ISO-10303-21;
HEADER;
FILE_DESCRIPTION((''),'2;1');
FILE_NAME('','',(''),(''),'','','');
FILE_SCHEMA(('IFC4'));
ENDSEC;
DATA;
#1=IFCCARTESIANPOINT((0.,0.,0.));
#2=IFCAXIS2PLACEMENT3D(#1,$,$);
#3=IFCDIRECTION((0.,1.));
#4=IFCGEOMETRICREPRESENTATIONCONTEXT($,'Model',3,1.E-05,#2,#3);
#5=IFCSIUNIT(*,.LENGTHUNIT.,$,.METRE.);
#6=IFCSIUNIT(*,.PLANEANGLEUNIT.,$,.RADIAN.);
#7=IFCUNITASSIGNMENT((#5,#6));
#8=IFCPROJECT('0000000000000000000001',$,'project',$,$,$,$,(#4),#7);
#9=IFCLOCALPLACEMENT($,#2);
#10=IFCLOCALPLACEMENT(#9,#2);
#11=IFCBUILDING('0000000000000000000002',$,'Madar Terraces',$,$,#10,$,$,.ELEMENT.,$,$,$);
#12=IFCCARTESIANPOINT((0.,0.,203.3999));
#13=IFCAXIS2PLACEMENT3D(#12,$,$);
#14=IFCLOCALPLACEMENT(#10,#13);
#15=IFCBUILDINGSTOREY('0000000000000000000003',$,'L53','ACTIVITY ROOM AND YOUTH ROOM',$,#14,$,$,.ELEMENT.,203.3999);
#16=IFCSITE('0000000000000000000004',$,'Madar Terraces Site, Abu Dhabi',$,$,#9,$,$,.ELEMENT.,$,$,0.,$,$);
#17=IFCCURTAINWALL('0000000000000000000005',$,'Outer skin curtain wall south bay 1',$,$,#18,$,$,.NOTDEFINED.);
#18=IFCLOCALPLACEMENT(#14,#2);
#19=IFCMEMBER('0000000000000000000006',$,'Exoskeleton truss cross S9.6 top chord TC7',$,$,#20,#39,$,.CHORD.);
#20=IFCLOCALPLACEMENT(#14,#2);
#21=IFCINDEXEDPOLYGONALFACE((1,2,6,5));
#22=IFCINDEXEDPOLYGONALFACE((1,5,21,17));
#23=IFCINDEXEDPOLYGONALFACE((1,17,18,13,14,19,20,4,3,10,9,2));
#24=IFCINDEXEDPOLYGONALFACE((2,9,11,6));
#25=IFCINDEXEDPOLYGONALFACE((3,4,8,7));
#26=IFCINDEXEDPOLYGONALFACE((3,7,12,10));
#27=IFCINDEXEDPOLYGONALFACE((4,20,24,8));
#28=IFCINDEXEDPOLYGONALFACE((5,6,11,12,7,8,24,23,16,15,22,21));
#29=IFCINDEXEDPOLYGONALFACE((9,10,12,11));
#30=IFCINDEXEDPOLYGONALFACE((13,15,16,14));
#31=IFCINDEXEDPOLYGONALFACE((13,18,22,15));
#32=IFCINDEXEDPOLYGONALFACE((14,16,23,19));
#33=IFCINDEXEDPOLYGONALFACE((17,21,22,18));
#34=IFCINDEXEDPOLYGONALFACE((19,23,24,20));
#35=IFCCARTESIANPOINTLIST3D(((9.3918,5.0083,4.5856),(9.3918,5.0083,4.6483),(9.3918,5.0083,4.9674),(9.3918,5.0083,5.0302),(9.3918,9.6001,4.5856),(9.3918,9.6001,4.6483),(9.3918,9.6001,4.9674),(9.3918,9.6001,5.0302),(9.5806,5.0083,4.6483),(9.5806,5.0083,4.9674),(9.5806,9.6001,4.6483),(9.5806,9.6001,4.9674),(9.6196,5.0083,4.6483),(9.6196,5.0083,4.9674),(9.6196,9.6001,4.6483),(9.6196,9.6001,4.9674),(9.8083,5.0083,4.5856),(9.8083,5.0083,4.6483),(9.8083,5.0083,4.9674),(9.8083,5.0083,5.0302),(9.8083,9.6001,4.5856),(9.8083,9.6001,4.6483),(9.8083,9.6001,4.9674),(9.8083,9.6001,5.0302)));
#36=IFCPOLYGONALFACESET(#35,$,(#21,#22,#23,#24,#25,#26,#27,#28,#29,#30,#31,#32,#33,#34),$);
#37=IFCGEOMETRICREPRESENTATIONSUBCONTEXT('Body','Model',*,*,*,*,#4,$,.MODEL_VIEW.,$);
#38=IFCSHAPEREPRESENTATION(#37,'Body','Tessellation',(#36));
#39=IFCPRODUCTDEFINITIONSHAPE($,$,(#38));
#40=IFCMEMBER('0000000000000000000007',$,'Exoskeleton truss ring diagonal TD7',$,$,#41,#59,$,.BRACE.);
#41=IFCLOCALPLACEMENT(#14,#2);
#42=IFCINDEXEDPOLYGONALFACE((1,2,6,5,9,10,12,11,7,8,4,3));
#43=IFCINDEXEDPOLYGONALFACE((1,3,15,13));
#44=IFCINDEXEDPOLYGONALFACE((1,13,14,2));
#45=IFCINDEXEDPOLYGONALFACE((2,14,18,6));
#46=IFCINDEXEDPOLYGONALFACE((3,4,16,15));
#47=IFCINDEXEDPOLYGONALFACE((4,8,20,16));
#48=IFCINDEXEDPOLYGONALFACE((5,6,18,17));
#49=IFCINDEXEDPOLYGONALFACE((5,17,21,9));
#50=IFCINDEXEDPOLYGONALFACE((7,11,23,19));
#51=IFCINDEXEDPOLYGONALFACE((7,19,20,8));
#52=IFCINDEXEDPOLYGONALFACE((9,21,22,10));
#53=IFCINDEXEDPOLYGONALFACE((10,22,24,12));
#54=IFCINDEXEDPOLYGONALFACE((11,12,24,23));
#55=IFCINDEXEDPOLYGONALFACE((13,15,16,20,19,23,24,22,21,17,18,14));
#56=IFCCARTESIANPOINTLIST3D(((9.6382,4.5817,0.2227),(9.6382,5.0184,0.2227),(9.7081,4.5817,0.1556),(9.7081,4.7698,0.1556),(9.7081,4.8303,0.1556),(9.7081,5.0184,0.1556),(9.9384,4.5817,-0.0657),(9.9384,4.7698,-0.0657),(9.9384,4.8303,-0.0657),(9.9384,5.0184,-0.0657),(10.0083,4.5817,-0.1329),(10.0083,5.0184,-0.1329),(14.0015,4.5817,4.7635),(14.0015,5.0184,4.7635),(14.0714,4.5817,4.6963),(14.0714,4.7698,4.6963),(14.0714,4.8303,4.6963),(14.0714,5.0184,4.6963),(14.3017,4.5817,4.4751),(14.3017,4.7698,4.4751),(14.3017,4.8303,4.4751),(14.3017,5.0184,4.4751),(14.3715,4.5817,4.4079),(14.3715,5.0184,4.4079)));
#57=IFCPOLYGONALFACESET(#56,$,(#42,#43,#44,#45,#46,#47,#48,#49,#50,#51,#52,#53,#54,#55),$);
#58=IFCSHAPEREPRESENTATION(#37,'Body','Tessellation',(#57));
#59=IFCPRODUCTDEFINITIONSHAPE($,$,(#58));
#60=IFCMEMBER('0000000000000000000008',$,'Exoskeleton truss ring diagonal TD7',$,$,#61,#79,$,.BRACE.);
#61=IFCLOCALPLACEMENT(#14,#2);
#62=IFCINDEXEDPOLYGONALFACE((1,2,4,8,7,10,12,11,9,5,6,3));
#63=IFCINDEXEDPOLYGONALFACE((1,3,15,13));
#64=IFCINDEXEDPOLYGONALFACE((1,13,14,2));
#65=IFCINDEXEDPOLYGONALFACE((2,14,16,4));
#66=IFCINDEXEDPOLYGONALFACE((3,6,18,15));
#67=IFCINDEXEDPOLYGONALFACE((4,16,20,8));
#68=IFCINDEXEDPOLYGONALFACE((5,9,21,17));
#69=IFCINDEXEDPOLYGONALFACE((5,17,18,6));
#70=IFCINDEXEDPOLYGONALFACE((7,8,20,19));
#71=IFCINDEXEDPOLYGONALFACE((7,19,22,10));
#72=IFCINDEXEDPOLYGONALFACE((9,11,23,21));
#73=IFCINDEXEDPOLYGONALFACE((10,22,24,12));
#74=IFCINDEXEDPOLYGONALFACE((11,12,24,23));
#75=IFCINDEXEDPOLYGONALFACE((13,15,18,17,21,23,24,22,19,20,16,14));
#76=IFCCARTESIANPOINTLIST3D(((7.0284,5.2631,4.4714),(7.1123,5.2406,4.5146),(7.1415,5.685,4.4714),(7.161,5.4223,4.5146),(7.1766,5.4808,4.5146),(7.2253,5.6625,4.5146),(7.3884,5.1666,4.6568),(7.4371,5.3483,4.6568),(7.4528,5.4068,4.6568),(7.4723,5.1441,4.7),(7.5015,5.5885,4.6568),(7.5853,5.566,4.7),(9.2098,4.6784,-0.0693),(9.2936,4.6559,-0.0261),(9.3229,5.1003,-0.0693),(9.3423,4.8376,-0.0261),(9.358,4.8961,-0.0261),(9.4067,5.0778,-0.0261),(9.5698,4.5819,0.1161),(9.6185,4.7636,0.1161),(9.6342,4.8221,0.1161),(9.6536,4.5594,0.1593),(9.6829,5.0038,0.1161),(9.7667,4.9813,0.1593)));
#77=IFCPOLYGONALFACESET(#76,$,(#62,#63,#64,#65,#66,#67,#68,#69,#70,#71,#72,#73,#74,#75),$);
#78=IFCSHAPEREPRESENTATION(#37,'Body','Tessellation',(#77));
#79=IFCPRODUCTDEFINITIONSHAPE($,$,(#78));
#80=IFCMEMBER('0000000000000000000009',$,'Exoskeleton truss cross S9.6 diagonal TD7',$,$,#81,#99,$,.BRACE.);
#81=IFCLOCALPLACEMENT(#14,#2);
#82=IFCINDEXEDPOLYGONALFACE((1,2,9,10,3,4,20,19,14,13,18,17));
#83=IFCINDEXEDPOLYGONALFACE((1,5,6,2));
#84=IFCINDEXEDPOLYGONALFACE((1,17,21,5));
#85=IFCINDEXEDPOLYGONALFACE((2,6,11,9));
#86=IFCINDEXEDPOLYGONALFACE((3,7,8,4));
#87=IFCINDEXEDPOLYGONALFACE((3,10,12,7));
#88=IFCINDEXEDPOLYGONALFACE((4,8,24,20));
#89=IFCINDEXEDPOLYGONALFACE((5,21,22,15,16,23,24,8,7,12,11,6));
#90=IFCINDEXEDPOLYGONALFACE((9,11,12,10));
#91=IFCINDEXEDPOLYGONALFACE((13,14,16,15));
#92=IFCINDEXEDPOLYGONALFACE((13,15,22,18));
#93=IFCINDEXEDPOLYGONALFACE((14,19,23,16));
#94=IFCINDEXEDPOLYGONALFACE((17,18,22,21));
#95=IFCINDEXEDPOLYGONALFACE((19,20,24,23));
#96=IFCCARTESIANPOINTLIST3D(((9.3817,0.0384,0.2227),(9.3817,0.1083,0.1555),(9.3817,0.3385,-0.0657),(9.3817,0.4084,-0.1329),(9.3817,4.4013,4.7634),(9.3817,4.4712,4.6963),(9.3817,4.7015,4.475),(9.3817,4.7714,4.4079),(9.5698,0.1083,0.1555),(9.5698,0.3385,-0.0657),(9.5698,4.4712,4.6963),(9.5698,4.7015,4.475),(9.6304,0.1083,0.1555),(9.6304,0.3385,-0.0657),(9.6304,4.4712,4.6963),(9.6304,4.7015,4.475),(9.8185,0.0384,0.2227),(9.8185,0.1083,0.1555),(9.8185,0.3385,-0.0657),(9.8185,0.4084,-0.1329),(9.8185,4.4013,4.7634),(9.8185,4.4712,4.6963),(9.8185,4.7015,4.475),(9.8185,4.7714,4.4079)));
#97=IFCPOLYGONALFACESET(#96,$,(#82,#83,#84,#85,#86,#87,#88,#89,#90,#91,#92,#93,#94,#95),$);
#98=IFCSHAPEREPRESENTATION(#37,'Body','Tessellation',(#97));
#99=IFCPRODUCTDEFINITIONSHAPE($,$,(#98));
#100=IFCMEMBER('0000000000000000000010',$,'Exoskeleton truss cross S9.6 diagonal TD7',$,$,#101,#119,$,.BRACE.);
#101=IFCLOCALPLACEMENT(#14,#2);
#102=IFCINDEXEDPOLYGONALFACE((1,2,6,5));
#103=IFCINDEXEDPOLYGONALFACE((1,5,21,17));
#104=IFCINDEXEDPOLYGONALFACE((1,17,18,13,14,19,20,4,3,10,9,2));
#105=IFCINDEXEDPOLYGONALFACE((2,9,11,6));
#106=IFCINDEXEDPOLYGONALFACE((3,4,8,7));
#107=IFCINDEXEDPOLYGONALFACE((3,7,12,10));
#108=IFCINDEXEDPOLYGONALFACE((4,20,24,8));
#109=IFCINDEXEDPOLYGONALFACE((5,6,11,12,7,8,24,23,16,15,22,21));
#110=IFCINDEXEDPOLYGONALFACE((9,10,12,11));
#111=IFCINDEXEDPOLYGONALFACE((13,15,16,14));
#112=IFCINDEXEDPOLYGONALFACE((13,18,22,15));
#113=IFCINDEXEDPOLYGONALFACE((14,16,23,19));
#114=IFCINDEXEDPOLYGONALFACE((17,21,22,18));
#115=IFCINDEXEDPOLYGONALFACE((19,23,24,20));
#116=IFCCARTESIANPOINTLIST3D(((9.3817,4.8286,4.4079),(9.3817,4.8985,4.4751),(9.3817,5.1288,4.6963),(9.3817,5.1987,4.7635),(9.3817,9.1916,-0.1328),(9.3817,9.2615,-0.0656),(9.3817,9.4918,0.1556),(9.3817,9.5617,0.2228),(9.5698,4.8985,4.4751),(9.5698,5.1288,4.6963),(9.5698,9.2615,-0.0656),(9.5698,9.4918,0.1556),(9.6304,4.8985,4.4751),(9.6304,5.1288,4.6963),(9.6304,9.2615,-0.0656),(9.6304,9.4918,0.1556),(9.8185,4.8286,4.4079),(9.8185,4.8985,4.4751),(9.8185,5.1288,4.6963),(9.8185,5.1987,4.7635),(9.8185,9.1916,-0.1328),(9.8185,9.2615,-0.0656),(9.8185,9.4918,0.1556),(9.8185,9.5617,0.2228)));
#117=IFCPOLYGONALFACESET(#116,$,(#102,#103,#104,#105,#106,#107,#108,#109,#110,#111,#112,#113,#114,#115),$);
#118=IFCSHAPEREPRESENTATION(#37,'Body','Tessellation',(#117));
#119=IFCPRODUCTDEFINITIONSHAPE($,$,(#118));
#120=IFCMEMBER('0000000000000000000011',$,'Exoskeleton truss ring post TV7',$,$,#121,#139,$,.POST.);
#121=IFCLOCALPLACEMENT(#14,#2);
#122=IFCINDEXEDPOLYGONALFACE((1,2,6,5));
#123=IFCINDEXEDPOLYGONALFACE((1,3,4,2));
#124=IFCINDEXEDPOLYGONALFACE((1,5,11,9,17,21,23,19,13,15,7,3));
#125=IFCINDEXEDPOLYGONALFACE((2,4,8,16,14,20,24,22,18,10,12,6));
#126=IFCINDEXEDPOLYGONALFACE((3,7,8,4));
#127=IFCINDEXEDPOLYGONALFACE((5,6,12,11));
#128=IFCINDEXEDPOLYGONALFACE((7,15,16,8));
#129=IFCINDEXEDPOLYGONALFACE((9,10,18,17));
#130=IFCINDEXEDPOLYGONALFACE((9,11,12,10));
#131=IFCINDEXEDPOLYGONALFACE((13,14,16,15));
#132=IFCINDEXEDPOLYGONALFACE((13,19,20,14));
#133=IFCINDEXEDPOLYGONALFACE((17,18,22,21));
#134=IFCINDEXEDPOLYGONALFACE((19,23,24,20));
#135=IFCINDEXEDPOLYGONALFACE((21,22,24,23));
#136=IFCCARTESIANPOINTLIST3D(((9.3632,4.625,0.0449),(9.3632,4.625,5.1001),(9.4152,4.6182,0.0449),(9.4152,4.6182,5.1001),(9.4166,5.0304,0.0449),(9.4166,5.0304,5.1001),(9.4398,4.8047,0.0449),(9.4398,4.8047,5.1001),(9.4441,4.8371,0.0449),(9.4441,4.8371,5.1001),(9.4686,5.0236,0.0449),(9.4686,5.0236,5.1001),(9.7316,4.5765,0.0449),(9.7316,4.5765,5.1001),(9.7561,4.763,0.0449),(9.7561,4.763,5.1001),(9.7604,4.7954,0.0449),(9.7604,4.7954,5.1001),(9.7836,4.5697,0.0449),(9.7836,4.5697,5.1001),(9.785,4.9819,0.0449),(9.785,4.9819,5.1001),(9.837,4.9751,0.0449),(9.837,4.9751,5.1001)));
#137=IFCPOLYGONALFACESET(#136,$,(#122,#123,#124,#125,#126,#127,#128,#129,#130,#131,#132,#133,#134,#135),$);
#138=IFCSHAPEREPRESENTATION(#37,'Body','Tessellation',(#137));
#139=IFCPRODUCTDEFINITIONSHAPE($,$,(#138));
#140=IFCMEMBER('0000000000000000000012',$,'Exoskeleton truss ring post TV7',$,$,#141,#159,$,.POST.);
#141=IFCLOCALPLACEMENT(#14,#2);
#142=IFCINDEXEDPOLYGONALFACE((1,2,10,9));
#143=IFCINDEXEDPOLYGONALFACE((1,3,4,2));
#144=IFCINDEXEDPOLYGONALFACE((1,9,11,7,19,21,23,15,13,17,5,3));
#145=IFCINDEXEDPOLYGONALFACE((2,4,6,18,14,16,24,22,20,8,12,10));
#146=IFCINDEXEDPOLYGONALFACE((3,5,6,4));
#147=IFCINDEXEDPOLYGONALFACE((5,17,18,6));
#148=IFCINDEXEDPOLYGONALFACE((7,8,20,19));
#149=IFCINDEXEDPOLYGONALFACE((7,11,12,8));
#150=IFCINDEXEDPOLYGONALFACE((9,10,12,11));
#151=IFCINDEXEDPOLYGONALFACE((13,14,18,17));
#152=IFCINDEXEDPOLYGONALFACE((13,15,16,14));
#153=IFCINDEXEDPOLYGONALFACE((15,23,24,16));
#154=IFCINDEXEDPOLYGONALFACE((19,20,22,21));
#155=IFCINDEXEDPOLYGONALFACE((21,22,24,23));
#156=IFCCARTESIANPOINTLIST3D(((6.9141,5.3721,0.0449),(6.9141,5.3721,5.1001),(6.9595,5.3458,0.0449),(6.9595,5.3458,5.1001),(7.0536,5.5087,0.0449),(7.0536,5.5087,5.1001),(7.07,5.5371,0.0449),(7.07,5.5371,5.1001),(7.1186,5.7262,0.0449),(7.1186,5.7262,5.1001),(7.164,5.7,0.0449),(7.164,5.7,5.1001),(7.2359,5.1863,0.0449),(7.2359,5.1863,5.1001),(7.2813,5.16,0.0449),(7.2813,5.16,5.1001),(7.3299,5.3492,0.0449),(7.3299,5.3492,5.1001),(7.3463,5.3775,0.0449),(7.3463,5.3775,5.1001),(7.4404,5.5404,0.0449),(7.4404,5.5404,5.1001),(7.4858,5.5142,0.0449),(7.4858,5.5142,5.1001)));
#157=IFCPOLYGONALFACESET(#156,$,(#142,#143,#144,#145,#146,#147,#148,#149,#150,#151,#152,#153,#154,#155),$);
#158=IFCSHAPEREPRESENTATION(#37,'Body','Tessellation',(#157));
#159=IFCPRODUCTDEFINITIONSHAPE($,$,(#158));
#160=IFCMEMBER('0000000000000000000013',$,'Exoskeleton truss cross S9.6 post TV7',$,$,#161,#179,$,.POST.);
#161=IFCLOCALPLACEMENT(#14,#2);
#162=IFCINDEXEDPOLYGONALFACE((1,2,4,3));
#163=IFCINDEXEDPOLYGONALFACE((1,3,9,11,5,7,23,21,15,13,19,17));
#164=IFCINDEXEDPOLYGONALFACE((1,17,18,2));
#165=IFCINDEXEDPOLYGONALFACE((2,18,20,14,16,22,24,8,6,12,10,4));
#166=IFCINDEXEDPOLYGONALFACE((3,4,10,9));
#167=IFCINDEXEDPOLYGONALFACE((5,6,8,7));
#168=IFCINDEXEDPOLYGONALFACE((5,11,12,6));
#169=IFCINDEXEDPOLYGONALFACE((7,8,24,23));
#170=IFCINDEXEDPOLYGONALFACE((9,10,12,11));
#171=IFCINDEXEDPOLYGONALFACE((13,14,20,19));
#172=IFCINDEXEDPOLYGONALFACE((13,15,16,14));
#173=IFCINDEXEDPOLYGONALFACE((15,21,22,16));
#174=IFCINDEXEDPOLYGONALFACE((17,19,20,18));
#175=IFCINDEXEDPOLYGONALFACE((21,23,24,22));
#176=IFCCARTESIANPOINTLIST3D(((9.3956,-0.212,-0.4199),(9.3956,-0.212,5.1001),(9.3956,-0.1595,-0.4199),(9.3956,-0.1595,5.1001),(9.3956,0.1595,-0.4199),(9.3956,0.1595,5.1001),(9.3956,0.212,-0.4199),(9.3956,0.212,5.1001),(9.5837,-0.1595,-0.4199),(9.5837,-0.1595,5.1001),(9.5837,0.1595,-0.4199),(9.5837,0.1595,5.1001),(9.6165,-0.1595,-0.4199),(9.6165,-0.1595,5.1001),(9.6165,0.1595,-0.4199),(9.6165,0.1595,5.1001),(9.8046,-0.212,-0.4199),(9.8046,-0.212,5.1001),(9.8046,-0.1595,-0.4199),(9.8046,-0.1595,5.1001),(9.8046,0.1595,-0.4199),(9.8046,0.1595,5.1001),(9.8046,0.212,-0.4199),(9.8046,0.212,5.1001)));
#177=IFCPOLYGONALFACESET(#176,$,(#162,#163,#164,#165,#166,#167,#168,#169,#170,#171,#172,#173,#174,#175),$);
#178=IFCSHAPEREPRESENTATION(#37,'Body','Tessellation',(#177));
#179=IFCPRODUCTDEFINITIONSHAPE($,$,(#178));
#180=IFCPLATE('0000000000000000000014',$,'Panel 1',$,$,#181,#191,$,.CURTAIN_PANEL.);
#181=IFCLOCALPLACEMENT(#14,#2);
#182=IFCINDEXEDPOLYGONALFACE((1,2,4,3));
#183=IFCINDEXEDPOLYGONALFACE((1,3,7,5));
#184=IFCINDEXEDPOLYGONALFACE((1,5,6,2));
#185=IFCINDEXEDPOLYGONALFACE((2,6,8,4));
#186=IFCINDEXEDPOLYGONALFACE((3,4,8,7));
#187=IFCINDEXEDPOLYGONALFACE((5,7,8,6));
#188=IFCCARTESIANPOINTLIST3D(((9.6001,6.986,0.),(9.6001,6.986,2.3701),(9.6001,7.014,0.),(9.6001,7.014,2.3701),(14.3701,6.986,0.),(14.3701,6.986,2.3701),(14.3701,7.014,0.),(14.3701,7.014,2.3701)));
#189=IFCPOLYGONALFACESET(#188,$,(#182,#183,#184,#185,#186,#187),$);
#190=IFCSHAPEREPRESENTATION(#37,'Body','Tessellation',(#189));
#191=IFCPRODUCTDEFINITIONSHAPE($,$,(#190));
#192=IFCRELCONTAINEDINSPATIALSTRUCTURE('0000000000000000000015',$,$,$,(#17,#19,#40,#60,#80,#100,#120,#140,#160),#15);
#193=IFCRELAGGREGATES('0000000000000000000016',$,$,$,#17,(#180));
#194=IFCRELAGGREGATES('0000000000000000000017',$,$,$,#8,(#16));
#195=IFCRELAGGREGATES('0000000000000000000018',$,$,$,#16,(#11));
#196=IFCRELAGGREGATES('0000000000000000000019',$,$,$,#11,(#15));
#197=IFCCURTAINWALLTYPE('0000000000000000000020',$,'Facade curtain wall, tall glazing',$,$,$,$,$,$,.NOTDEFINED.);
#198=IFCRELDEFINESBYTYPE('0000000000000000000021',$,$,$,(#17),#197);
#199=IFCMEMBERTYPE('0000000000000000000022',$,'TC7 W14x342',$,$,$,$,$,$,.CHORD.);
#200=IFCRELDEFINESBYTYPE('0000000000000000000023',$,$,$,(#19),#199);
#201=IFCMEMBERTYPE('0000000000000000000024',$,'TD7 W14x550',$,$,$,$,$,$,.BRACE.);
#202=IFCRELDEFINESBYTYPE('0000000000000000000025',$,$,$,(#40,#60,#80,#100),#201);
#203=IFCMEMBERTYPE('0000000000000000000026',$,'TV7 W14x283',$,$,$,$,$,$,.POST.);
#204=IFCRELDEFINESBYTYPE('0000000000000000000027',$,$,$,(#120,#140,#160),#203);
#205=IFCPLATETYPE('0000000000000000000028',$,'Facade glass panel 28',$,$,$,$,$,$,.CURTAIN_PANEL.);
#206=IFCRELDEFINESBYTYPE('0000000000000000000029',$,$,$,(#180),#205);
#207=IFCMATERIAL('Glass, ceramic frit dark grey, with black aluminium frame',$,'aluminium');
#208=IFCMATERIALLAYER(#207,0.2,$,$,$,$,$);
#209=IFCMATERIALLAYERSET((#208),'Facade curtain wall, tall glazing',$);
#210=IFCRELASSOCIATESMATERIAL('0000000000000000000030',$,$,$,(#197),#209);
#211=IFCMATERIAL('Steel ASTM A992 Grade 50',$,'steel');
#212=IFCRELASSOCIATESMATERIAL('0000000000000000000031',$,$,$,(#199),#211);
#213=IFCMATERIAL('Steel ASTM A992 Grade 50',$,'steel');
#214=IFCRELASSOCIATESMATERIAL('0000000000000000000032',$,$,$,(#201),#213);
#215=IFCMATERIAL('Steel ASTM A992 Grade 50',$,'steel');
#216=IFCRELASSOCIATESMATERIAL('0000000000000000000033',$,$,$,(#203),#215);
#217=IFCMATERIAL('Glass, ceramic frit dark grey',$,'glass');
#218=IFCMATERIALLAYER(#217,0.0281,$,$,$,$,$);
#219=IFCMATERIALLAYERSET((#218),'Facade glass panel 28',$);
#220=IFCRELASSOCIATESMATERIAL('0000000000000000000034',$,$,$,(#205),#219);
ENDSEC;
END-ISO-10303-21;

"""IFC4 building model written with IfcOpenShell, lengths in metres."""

from ifc_helpers import new_model, si_unit, direction, frame, origin, origin_2d, place, context, subcontext, project, spatial, rectangle, i_section, extrude, material, layer, layer_set, material_profile, profile_set, type_object, element, aggregate, save


model = new_model("IFC4")

# Units and contexts
model_context = context("Model", 3, precision=1e-05, world=origin(), true_north=direction((0.0, 1.0)))
body_context = subcontext(model_context, "Body", "Model", "MODEL_VIEW")
ifc_project = project(units=[si_unit("LENGTHUNIT", "METRE"), si_unit("PLANEANGLEUNIT", "RADIAN")], contexts=[model_context])

# Site, building, storey
site_placement = place(None, origin())
site = spatial("IfcSite", under=ifc_project, at=site_placement, Name="Madar Terraces Site, Abu Dhabi", CompositionType="ELEMENT", RefElevation=0.0)
building_placement = place(site_placement, origin())
building = spatial("IfcBuilding", under=site, at=building_placement, Name="Madar Terraces", CompositionType="ELEMENT")
storey_placement = place(building_placement, frame((0.0, 0.0, 203.3999)))
storey = spatial("IfcBuildingStorey", under=building, at=storey_placement, Name="L53", Description="ACTIVITY ROOM AND YOUTH ROOM", CompositionType="ELEMENT", Elevation=203.3999)

# Curtain wall
ifc_material_1 = material(Name="Glass, ceramic frit dark grey, with black aluminium frame", Category="aluminium")
ifc_layer_1 = layer(ifc_material_1, 0.2)
ifc_layer_set_1 = layer_set([ifc_layer_1], Name="Facade curtain wall, tall glazing")
curtain_wall_type = type_object("IfcCurtainWallType", Name="Facade curtain wall, tall glazing", PredefinedType="NOTDEFINED", material=ifc_layer_set_1)
curtain_wall_1_placement = place(storey_placement, origin())
curtain_wall_1 = element("IfcCurtainWall", 1, at=curtain_wall_1_placement, inside=storey, type_object=curtain_wall_type, Name="Outer skin curtain wall south bay 1", PredefinedType="NOTDEFINED")

# Members
ifc_material_2 = material(Name="Steel ASTM A992 Grade 50", Category="steel")
ifc_material_profile_1 = material_profile(ifc_material_2, i_section(OverallWidth=0.4165, OverallDepth=0.4446, WebThickness=0.0391, FlangeThickness=0.0627, at=origin_2d()), Name="W14x342")
ifc_profile_set_1 = profile_set([ifc_material_profile_1], Name="Steel ASTM A992 Grade 50")
member_type_1 = type_object("IfcMemberType", Name="TC7 W14x342", PredefinedType="CHORD", material=ifc_profile_set_1)
for number, where, z_axis, x_axis, name in (
    (2, (9.6001, 5.0083, 4.8079), (0.0, 1.0, 0.0), (-1.0, 0.0, 0.0), "Exoskeleton truss cross S9.6 top chord TC7"),
):
    element("IfcMember", number, at=place(storey_placement, frame(where, z_axis=z_axis, x_axis=x_axis)), inside=storey, type_object=member_type_1, Name=name, PredefinedType="CHORD", context=body_context, shape_type="SweptSolid", body=[
        extrude(i_section(OverallWidth=0.4165, OverallDepth=0.4446, WebThickness=0.0391, FlangeThickness=0.0627, at=origin_2d()), origin(), (0.0, 0.0, 1.0), 4.5918),
    ])
ifc_material_3 = material(Name="Steel ASTM A992 Grade 50", Category="steel")
ifc_material_profile_2 = material_profile(ifc_material_3, i_section(OverallWidth=0.4368, OverallDepth=0.5132, WebThickness=0.0605, FlangeThickness=0.0969, at=origin_2d()), Name="W14x550")
ifc_profile_set_2 = profile_set([ifc_material_profile_2], Name="Steel ASTM A992 Grade 50")
member_type_2 = type_object("IfcMemberType", Name="TD7 W14x550", PredefinedType="BRACE", material=ifc_profile_set_2)
member_1_placement = place(storey_placement, frame((9.8232, 4.8, 0.0449), z_axis=(0.692874, 0.0, 0.721059), x_axis=(0.0, 1.0, 0.0)))
element("IfcMember", 3, at=member_1_placement, inside=storey, type_object=member_type_2, Name="Exoskeleton truss ring diagonal TD7", PredefinedType="BRACE", context=body_context, shape_type="SweptSolid", body=[
    extrude(i_section(OverallWidth=0.4368, OverallDepth=0.5132, WebThickness=0.0605, FlangeThickness=0.0969, at=origin_2d()), origin(), (0.0, 0.0, 1.0), 6.2974),
])
member_2_placement = place(storey_placement, frame((7.3069, 5.4146, 4.5857), z_axis=(0.430138, -0.115297, -0.89537), x_axis=(0.258907, 0.965902, 0.0)))
element("IfcMember", 4, at=member_2_placement, inside=storey, type_object=member_type_2, Name="Exoskeleton truss ring diagonal TD7", PredefinedType="BRACE", context=body_context, shape_type="SweptSolid", body=[
    extrude(i_section(OverallWidth=0.4368, OverallDepth=0.5132, WebThickness=0.0605, FlangeThickness=0.0969, at=origin_2d()), origin(), (0.0, 0.0, 1.0), 5.0713),
])
for number, where, z_axis, x_axis, name in (
    (5, (9.6001, 0.2234, 0.0449), (0.0, 0.692854, 0.721078), (-1.0, 0.0, 0.0), "Exoskeleton truss cross S9.6 diagonal TD7"),
    (6, (9.6001, 5.0137, 4.5857), (0.0, 0.692854, -0.721078), (-1.0, 0.0, 0.0), "Exoskeleton truss cross S9.6 diagonal TD7"),
):
    element("IfcMember", number, at=place(storey_placement, frame(where, z_axis=z_axis, x_axis=x_axis)), inside=storey, type_object=member_type_2, Name=name, PredefinedType="BRACE", context=body_context, shape_type="SweptSolid", body=[
        extrude(i_section(OverallWidth=0.4368, OverallDepth=0.5132, WebThickness=0.0605, FlangeThickness=0.0969, at=origin_2d()), origin(), (0.0, 0.0, 1.0), 6.2971),
    ])
ifc_material_4 = material(Name="Steel ASTM A992 Grade 50", Category="steel")
ifc_material_profile_3 = material_profile(ifc_material_4, i_section(OverallWidth=0.4089, OverallDepth=0.4241, WebThickness=0.0327, FlangeThickness=0.0525, at=origin_2d()), Name="W14x283")
ifc_profile_set_3 = profile_set([ifc_material_profile_3], Name="Steel ASTM A992 Grade 50")
member_type_3 = type_object("IfcMemberType", Name="TV7 W14x283", PredefinedType="POST", material=ifc_profile_set_3)
for number, where, z_axis, x_axis, name in (
    (7, (9.6001, 4.8, 0.0449), (0.0, 0.0, 1.0), (0.130526, 0.991445, 0.0), "Exoskeleton truss ring post TV7"),
    (8, (7.2, 5.4431, 0.0449), (0.0, 0.0, 1.0), (0.5, 0.866025, 0.0), "Exoskeleton truss ring post TV7"),
):
    element("IfcMember", number, at=place(storey_placement, frame(where, z_axis=z_axis, x_axis=x_axis)), inside=storey, type_object=member_type_3, Name=name, PredefinedType="POST", context=body_context, shape_type="SweptSolid", body=[
        extrude(i_section(OverallWidth=0.4089, OverallDepth=0.4241, WebThickness=0.0327, FlangeThickness=0.0525, at=origin_2d()), origin(), (0.0, 0.0, 1.0), 5.0552),
    ])
member_3_placement = place(storey_placement, frame((9.6001, 0.0, -0.4199), z_axis=(0.0, 0.0, 1.0), x_axis=(-1.0, 0.0, 0.0)))
element("IfcMember", 9, at=member_3_placement, inside=storey, type_object=member_type_3, Name="Exoskeleton truss cross S9.6 post TV7", PredefinedType="POST", context=body_context, shape_type="SweptSolid", body=[
    extrude(i_section(OverallWidth=0.4089, OverallDepth=0.4241, WebThickness=0.0327, FlangeThickness=0.0525, at=origin_2d()), origin(), (0.0, 0.0, 1.0), 5.52),
])

# Plate
ifc_material_5 = material(Name="Glass, ceramic frit dark grey", Category="glass")
ifc_layer_2 = layer(ifc_material_5, 0.0281)
ifc_layer_set_2 = layer_set([ifc_layer_2], Name="Facade glass panel 28")
plate_type = type_object("IfcPlateType", Name="Facade glass panel 28", PredefinedType="CURTAIN_PANEL", material=ifc_layer_set_2)
plate_1_placement = place(storey_placement, frame((11.9851, 7.0, 0.0), z_axis=(0.0, 0.0, 1.0), x_axis=(1.0, 0.0, 0.0)))
plate_1 = element("IfcPlate", 10, at=plate_1_placement, type_object=plate_type, Name="Panel 1", PredefinedType="CURTAIN_PANEL", context=body_context, shape_type="SweptSolid", body=[
    extrude(rectangle(XDim=4.77, YDim=0.0281, at=origin_2d()), origin(), (0.0, 0.0, 1.0), 2.3701),
])
aggregate(curtain_wall_1, [plate_1])

save(model, "model.ifc")
